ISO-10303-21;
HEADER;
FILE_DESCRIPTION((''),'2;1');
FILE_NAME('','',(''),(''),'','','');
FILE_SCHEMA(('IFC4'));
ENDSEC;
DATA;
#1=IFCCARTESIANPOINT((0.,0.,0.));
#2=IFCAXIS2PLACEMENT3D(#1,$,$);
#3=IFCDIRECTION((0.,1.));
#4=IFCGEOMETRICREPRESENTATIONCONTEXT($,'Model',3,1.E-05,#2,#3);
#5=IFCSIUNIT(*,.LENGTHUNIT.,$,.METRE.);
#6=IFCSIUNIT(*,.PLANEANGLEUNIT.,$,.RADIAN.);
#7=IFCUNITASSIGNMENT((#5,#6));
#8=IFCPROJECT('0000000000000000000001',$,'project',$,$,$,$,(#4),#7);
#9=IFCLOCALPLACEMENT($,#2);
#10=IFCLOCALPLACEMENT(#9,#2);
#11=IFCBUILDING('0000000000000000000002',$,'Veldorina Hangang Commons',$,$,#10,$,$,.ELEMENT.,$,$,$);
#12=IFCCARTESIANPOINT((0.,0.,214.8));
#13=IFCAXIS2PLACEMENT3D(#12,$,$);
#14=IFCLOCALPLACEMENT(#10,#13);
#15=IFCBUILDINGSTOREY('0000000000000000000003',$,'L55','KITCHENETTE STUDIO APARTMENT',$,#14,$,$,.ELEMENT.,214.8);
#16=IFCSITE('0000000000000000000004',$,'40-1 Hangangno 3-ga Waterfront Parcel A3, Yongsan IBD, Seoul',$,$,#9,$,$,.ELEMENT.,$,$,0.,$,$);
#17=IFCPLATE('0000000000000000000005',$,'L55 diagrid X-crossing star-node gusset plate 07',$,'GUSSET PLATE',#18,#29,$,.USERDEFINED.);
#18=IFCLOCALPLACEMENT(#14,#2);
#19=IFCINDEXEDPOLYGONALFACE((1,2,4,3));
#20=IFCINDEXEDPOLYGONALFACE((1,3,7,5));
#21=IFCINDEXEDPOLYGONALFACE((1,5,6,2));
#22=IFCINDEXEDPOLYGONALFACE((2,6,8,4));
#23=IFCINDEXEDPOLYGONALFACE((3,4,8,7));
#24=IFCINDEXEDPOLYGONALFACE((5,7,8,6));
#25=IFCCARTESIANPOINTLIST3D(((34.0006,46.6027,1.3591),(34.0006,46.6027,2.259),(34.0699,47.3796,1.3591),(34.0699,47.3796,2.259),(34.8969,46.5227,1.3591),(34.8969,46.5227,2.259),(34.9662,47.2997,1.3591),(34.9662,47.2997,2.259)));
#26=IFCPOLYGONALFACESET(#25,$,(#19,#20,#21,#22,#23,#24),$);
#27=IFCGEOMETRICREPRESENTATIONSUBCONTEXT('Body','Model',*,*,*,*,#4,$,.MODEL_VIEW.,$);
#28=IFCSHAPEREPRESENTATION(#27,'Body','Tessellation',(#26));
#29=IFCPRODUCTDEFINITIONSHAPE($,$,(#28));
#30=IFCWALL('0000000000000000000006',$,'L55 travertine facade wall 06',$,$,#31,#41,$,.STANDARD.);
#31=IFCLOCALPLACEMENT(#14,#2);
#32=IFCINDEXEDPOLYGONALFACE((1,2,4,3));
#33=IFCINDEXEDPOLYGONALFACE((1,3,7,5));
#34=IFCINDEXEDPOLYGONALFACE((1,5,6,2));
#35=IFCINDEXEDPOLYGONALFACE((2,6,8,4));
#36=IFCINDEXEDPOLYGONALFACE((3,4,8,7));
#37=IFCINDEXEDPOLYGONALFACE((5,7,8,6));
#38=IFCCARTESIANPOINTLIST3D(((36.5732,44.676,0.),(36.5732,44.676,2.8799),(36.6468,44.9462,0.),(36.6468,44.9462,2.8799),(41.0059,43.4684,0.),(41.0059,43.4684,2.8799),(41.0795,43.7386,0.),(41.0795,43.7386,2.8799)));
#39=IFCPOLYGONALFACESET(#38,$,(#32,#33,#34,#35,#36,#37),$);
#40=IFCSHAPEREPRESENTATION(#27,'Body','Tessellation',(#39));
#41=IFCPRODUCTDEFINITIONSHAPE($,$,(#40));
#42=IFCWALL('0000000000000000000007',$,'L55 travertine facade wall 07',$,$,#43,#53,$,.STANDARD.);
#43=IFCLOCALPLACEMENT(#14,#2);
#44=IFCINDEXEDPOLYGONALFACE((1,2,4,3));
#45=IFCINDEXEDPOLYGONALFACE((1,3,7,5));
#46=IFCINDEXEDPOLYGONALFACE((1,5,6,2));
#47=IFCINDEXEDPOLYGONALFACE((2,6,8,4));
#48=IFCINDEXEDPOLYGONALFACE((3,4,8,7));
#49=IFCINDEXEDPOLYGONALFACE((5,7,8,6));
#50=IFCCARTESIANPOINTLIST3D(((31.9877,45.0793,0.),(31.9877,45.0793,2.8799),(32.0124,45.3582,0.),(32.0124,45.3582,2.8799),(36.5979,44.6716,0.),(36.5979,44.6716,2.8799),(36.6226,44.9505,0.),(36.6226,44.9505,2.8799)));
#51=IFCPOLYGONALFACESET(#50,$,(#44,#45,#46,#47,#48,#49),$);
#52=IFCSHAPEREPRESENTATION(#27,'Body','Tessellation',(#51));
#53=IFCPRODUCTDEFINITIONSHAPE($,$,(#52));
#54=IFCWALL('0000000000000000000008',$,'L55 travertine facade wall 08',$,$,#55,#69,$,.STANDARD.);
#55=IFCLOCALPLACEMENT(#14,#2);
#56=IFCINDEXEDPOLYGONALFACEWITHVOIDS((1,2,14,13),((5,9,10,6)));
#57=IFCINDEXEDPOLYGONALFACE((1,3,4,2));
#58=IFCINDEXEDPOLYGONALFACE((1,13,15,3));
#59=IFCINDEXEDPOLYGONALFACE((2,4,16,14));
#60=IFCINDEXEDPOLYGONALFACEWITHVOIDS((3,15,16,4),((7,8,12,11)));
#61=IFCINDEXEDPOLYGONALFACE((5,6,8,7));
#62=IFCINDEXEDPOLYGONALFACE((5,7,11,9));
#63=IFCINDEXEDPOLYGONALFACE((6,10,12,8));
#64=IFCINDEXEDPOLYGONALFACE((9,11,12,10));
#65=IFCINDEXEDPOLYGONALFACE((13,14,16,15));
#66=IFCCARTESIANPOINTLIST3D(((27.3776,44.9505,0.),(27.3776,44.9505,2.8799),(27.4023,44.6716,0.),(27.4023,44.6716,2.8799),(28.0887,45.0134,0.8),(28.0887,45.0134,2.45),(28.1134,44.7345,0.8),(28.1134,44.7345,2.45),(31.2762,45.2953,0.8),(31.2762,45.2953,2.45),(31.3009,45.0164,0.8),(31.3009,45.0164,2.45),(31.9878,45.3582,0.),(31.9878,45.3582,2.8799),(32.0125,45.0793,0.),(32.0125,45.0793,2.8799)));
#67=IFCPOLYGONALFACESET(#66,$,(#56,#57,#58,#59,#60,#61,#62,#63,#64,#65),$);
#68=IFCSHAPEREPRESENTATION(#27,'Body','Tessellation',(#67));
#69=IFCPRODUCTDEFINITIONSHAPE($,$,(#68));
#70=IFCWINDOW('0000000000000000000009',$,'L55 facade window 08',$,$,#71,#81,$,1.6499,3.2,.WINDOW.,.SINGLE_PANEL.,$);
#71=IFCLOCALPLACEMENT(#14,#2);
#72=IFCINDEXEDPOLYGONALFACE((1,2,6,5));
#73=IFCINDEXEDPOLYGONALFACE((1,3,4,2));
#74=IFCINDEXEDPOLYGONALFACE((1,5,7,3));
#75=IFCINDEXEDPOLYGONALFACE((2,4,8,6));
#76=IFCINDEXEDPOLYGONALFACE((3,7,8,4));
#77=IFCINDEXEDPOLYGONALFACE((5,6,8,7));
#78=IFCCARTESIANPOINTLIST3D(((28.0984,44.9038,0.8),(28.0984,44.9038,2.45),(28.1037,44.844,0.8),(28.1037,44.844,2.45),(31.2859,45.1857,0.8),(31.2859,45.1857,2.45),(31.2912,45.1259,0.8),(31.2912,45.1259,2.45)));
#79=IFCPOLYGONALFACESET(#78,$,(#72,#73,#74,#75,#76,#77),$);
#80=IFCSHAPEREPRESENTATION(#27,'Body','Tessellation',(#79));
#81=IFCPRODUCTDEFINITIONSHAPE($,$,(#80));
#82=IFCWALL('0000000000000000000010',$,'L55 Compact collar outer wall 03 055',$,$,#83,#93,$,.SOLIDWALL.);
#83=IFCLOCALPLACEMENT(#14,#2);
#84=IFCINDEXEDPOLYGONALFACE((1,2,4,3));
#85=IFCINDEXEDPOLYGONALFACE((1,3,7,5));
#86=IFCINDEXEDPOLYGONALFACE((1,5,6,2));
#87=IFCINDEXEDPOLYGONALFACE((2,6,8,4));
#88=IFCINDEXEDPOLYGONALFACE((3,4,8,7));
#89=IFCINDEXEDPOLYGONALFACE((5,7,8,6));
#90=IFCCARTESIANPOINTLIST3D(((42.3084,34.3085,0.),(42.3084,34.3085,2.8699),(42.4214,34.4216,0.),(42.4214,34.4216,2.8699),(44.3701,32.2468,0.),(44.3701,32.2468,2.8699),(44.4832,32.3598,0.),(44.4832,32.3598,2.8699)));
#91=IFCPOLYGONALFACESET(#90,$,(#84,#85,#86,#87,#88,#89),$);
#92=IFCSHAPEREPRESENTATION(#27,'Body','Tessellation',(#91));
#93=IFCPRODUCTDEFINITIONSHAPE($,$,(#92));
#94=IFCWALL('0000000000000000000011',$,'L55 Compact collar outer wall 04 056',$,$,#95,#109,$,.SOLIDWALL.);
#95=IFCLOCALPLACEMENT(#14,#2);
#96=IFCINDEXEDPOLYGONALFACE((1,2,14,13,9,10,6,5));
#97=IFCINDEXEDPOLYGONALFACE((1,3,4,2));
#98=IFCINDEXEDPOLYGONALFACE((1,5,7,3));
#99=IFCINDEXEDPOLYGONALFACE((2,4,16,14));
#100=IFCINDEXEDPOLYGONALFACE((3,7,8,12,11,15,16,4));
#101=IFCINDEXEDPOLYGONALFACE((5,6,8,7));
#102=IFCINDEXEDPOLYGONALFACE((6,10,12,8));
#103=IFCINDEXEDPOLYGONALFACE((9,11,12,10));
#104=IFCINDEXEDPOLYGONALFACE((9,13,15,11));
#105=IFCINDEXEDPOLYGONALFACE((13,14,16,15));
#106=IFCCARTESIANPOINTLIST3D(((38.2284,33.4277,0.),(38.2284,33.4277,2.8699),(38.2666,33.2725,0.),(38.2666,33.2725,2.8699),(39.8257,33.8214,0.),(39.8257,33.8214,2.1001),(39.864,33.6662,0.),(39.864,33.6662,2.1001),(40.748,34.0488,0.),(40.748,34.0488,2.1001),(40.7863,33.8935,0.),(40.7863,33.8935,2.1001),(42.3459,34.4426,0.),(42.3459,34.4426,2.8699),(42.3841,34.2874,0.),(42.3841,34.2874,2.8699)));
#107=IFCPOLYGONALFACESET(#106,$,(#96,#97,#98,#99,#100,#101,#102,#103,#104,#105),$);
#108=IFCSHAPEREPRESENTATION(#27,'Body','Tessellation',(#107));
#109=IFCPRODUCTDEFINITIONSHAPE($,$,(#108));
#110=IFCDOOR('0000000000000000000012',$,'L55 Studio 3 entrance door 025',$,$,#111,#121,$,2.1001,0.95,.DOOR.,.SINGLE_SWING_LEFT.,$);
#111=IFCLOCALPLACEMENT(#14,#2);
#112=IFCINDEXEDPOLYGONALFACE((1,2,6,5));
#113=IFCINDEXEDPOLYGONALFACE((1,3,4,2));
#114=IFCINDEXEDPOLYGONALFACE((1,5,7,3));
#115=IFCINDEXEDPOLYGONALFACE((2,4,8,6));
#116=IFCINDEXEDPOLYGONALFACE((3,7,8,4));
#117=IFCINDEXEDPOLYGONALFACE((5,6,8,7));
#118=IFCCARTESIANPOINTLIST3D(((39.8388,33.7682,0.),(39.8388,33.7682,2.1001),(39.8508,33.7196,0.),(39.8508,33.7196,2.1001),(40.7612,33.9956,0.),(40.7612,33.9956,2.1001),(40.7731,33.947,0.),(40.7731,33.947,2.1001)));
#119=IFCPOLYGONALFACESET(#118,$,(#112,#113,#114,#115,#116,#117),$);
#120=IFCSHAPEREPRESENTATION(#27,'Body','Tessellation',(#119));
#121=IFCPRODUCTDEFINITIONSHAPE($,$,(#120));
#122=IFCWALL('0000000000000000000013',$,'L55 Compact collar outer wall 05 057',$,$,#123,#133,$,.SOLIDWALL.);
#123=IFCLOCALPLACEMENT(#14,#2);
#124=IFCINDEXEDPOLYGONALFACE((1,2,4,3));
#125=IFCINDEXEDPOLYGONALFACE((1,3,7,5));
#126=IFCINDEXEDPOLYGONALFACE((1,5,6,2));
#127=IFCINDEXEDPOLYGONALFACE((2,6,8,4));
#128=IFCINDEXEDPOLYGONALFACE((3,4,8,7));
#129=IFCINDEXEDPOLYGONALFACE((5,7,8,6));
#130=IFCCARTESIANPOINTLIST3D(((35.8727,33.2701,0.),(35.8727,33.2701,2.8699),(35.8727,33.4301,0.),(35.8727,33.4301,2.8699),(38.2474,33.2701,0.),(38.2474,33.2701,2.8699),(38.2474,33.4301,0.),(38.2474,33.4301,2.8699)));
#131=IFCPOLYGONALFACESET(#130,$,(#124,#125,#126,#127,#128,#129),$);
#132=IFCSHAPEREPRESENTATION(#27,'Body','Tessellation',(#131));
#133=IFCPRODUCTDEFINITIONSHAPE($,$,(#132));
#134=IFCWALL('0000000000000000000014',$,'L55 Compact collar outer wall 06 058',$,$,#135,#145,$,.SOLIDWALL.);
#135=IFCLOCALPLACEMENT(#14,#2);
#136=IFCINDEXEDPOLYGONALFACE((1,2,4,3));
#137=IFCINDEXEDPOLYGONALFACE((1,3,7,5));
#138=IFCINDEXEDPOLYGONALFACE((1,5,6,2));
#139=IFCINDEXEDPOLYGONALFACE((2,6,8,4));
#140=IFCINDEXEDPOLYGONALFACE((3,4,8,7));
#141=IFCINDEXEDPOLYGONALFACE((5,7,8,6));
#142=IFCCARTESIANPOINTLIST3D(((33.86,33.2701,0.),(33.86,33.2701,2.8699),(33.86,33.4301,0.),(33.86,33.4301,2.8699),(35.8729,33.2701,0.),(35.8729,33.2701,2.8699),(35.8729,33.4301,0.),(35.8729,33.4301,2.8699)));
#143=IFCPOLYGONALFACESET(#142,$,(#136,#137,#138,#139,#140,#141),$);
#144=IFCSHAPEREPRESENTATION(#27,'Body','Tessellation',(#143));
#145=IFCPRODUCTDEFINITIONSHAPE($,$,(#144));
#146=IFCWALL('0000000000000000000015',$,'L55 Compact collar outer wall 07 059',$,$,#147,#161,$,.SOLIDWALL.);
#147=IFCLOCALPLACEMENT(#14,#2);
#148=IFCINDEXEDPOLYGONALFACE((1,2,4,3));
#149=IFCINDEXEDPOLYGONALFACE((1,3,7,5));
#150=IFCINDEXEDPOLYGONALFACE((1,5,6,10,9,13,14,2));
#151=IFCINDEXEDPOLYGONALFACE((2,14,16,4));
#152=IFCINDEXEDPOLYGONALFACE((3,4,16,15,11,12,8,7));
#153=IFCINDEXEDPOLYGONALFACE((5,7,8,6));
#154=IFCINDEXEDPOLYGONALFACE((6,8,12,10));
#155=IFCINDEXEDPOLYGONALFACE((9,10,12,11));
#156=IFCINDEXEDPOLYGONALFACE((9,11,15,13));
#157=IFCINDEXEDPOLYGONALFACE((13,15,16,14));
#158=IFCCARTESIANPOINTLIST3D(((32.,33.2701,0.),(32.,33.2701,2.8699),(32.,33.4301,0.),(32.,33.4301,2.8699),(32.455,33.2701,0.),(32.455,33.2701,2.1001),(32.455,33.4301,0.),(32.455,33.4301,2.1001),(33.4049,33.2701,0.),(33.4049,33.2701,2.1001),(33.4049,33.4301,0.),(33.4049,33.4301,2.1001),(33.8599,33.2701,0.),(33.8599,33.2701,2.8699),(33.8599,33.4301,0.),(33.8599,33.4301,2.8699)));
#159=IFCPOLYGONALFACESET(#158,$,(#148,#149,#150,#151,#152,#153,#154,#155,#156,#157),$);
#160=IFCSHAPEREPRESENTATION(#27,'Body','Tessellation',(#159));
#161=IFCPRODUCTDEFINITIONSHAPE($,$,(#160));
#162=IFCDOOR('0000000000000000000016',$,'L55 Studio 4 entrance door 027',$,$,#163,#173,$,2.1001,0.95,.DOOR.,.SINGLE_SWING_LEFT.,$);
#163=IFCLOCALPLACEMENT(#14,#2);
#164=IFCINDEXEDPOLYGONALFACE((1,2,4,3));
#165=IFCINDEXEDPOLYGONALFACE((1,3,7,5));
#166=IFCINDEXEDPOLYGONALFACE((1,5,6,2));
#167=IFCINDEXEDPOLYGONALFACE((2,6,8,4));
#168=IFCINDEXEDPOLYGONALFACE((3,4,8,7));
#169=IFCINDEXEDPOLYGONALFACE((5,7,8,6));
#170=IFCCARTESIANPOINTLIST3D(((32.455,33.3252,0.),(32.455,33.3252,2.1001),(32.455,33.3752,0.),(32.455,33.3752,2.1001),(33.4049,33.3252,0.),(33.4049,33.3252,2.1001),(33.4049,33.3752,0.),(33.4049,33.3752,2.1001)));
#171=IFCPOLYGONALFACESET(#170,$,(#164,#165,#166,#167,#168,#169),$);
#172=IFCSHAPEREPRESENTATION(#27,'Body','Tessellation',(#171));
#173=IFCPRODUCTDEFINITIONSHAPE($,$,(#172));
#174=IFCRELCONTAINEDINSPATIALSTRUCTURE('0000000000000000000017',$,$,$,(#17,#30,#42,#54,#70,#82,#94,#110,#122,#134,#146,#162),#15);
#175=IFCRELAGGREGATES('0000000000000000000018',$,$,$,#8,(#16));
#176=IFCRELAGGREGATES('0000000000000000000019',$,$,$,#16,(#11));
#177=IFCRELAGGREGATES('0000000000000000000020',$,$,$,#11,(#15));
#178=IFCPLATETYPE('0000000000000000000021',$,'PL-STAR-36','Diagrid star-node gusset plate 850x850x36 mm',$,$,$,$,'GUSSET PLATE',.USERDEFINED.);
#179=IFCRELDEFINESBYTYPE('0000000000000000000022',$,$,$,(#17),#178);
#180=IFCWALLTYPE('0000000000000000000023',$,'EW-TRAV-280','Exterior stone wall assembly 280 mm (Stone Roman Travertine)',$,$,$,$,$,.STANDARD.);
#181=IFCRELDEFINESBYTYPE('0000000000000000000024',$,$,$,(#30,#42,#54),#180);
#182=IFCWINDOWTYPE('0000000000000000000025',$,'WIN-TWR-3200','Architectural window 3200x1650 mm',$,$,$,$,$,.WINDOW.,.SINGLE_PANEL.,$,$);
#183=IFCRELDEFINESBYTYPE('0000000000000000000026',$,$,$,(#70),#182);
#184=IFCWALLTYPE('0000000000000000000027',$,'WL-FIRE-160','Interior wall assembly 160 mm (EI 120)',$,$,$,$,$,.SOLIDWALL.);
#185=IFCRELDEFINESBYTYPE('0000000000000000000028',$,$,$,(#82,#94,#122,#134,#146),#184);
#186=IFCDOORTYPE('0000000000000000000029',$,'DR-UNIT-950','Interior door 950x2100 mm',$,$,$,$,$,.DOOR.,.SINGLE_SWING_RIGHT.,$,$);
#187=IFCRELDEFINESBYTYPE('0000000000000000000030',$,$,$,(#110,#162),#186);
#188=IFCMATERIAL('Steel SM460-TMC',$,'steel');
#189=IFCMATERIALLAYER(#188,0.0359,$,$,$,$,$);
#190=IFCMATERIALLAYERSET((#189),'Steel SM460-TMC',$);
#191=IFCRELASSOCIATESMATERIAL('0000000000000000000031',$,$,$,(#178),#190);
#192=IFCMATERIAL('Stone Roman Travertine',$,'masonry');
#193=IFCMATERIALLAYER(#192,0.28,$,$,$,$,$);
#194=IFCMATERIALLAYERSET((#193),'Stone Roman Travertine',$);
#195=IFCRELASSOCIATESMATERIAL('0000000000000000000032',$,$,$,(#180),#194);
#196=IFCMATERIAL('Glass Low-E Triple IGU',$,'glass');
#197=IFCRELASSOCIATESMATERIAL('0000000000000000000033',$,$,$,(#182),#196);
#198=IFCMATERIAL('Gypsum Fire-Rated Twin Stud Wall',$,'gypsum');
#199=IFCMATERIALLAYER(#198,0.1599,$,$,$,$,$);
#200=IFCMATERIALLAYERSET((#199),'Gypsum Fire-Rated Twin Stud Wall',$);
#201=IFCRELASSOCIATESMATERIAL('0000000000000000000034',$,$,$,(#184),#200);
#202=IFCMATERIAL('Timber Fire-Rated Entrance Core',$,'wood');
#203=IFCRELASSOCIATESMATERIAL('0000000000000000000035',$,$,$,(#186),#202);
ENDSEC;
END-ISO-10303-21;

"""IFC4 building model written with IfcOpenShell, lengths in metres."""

from ifc_helpers import new_model, si_unit, direction, frame, frame_2d, origin, origin_2d, place, context, subcontext, project, spatial, rectangle, extrude, material, layer, layer_set, type_object, element, fill, save


model = new_model("IFC4")

# Units and contexts
model_context = context("Model", 3, precision=1e-05, world=origin(), true_north=direction((0.0, 1.0)))
body_context = subcontext(model_context, "Body", "Model", "MODEL_VIEW")
ifc_project = project(units=[si_unit("LENGTHUNIT", "METRE"), si_unit("PLANEANGLEUNIT", "RADIAN")], contexts=[model_context])

# Site, building, storey
site_placement = place(None, origin())
site = spatial("IfcSite", under=ifc_project, at=site_placement, Name="40-1 Hangangno 3-ga Waterfront Parcel A3, Yongsan IBD, Seoul", CompositionType="ELEMENT", RefElevation=0.0)
building_placement = place(site_placement, origin())
building = spatial("IfcBuilding", under=site, at=building_placement, Name="Veldorina Hangang Commons", CompositionType="ELEMENT")
storey_placement = place(building_placement, frame((0.0, 0.0, 214.8)))
storey = spatial("IfcBuildingStorey", under=building, at=storey_placement, Name="L55", Description="KITCHENETTE STUDIO APARTMENT", CompositionType="ELEMENT", Elevation=214.8)

# Plate
ifc_material_1 = material(Name="Steel SM460-TMC", Category="steel")
ifc_layer_1 = layer(ifc_material_1, 0.0359)
ifc_layer_set_1 = layer_set([ifc_layer_1], Name="Steel SM460-TMC")
plate_type = type_object("IfcPlateType", Name="PL-STAR-36", Description="Diagrid star-node gusset plate 850x850x36 mm", ElementType="GUSSET PLATE", PredefinedType="USERDEFINED", material=ifc_layer_set_1)
plate_1_placement = place(storey_placement, frame((34.4834, 46.9512, 1.3591), z_axis=(0.0, 0.0, 1.0), x_axis=(-0.996044, 0.08886, 0.0)))
element("IfcPlate", 1, at=plate_1_placement, inside=storey, type_object=plate_type, Name="L55 diagrid X-crossing star-node gusset plate 07", ObjectType="GUSSET PLATE", PredefinedType="USERDEFINED", context=body_context, shape_type="SweptSolid", body=[
    extrude(rectangle(XDim=0.8999, YDim=0.78, at=origin_2d()), origin(), (0.0, 0.0, 1.0), 0.8999),
])

# Walls
ifc_material_2 = material(Name="Stone Roman Travertine", Category="masonry")
ifc_layer_2 = layer(ifc_material_2, 0.28)
ifc_layer_set_2 = layer_set([ifc_layer_2], Name="Stone Roman Travertine")
wall_type_1 = type_object("IfcWallType", Name="EW-TRAV-280", Description="Exterior stone wall assembly 280 mm (Stone Roman Travertine)", PredefinedType="STANDARD", material=ifc_layer_set_2)
wall_1_placement = place(storey_placement, frame((41.0427, 43.6035, 0.0), z_axis=(0.0, 0.0, 1.0), x_axis=(-0.96484, 0.262839, 0.0)))
element("IfcWall", 2, at=wall_1_placement, inside=storey, type_object=wall_type_1, Name="L55 travertine facade wall 06", PredefinedType="STANDARD", context=body_context, shape_type="SweptSolid", body=[
    extrude(rectangle(XDim=4.5942, YDim=0.28, at=frame_2d((2.2971, 0.0))), origin(), (0.0, 0.0, 1.0), 2.8799),
])
wall_2_placement = place(storey_placement, frame((36.6101, 44.811, 0.0), z_axis=(0.0, 0.0, 1.0), x_axis=(-0.996112, 0.088095, 0.0)))
element("IfcWall", 3, at=wall_2_placement, inside=storey, type_object=wall_type_1, Name="L55 travertine facade wall 07", PredefinedType="STANDARD", context=body_context, shape_type="SweptSolid", body=[
    extrude(rectangle(XDim=4.6282, YDim=0.28, at=frame_2d((2.314, 0.0))), origin(), (0.0, 0.0, 1.0), 2.8799),
])

# Wall, opening, window
wall_3_placement = place(storey_placement, frame((32.0, 45.2188, 0.0), z_axis=(0.0, 0.0, 1.0), x_axis=(-0.996112, -0.088095, 0.0)))
wall_3 = element("IfcWall", 4, at=wall_3_placement, inside=storey, type_object=wall_type_1, Name="L55 travertine facade wall 08", PredefinedType="STANDARD", context=body_context, shape_type="SweptSolid", body=[
    extrude(rectangle(XDim=4.6282, YDim=0.28, at=frame_2d((2.314, 0.0))), origin(), (0.0, 0.0, 1.0), 2.8799),
])
opening_1_placement = place(wall_3_placement, frame((0.7141, 0.0, 0.8)))
opening_1 = element("IfcOpeningElement", 5, at=opening_1_placement, cuts=wall_3, PredefinedType="OPENING", context=body_context, shape_type="SweptSolid", body=[
    extrude(rectangle(XDim=3.2, YDim=1.6499, at=frame_2d((1.6001, 0.825))), frame((0.0, 0.1499, 0.0), z_axis=(0.0, -1.0, 0.0), x_axis=(1.0, 0.0, 0.0)), (0.0, 0.0, 1.0), 0.3),
])
ifc_material_3 = material(Name="Glass Low-E Triple IGU", Category="glass")
window_type = type_object("IfcWindowType", Name="WIN-TWR-3200", Description="Architectural window 3200x1650 mm", PartitioningType="SINGLE_PANEL", PredefinedType="WINDOW", material=ifc_material_3)
window_placement = place(opening_1_placement, origin())
window = element("IfcWindow", 6, at=window_placement, inside=storey, type_object=window_type, Name="L55 facade window 08", OverallHeight=1.6499, OverallWidth=3.2, PartitioningType="SINGLE_PANEL", PredefinedType="WINDOW", context=body_context, shape_type="SweptSolid", body=[
    extrude(rectangle(XDim=3.2, YDim=1.6499, at=frame_2d((1.6001, 0.825))), frame((0.0, 0.03, 0.0), z_axis=(0.0, -1.0, 0.0), x_axis=(1.0, 0.0, 0.0)), (0.0, 0.0, 1.0), 0.0601),
])
fill(opening_1, window)

# Wall
ifc_material_4 = material(Name="Gypsum Fire-Rated Twin Stud Wall", Category="gypsum")
ifc_layer_3 = layer(ifc_material_4, 0.1599)
ifc_layer_set_3 = layer_set([ifc_layer_3], Name="Gypsum Fire-Rated Twin Stud Wall")
wall_type_2 = type_object("IfcWallType", Name="WL-FIRE-160", Description="Interior wall assembly 160 mm (EI 120)", PredefinedType="SOLIDWALL", material=ifc_layer_set_3)
wall_4_placement = place(storey_placement, frame((44.4268, 32.3032, 0.0), z_axis=(0.0, 0.0, 1.0), x_axis=(-0.707107, 0.707107, 0.0)))
element("IfcWall", 7, at=wall_4_placement, inside=storey, type_object=wall_type_2, Name="L55 Compact collar outer wall 03 055", PredefinedType="SOLIDWALL", context=body_context, shape_type="SweptSolid", body=[
    extrude(rectangle(XDim=2.9158, YDim=0.1599, at=frame_2d((1.458, 0.0))), origin(), (0.0, 0.0, 1.0), 2.8699),
])

# Wall, opening, door
wall_5_placement = place(storey_placement, frame((42.365, 34.365, 0.0), z_axis=(0.0, 0.0, 1.0), x_axis=(-0.97094, -0.239324, 0.0)))
wall_5 = element("IfcWall", 8, at=wall_5_placement, inside=storey, type_object=wall_type_2, Name="L55 Compact collar outer wall 04 056", PredefinedType="SOLIDWALL", context=body_context, shape_type="SweptSolid", body=[
    extrude(rectangle(XDim=4.2407, YDim=0.1599, at=frame_2d((2.1204, 0.0))), origin(), (0.0, 0.0, 1.0), 2.8699),
])
opening_2_placement = place(wall_5_placement, frame((1.6455, 0.0, 0.0)))
opening_2 = element("IfcOpeningElement", 9, at=opening_2_placement, cuts=wall_5, PredefinedType="OPENING", context=body_context, shape_type="SweptSolid", body=[
    extrude(rectangle(XDim=0.95, YDim=2.1001, at=frame_2d((0.4751, 1.05))), frame((0.0, 0.0898, 0.0), z_axis=(0.0, -1.0, 0.0), x_axis=(1.0, 0.0, 0.0)), (0.0, 0.0, 1.0), 0.1799),
])
ifc_material_5 = material(Name="Timber Fire-Rated Entrance Core", Category="wood")
door_type_1 = type_object("IfcDoorType", Name="DR-UNIT-950", Description="Interior door 950x2100 mm", OperationType="SINGLE_SWING_RIGHT", PredefinedType="DOOR", material=ifc_material_5)
door_1_placement = place(opening_2_placement, origin())
door_1 = element("IfcDoor", 10, at=door_1_placement, inside=storey, type_object=door_type_1, Name="L55 Studio 3 entrance door 025", OperationType="SINGLE_SWING_LEFT", OverallHeight=2.1001, OverallWidth=0.95, PredefinedType="DOOR", context=body_context, shape_type="SweptSolid", body=[
    extrude(rectangle(XDim=0.95, YDim=2.1001, at=frame_2d((0.4751, 1.05))), frame((0.0, 0.0249, 0.0), z_axis=(0.0, -1.0, 0.0), x_axis=(1.0, 0.0, 0.0)), (0.0, 0.0, 1.0), 0.05),
])
fill(opening_2, door_1)

# Walls
wall_6_placement = place(storey_placement, frame((38.2476, 33.3501, 0.0), z_axis=(0.0, 0.0, 1.0), x_axis=(-1.0, 0.0, 0.0)))
element("IfcWall", 11, at=wall_6_placement, inside=storey, type_object=wall_type_2, Name="L55 Compact collar outer wall 05 057", PredefinedType="SOLIDWALL", context=body_context, shape_type="SweptSolid", body=[
    extrude(rectangle(XDim=2.3748, YDim=0.1599, at=frame_2d((1.1875, 0.0))), origin(), (0.0, 0.0, 1.0), 2.8699),
])
wall_7_placement = place(storey_placement, frame((35.8728, 33.3501, 0.0), z_axis=(0.0, 0.0, 1.0), x_axis=(-1.0, 0.0, 0.0)))
element("IfcWall", 12, at=wall_7_placement, inside=storey, type_object=wall_type_2, Name="L55 Compact collar outer wall 06 058", PredefinedType="SOLIDWALL", context=body_context, shape_type="SweptSolid", body=[
    extrude(rectangle(XDim=2.0129, YDim=0.1599, at=frame_2d((1.0063, 0.0))), origin(), (0.0, 0.0, 1.0), 2.8699),
])

# Wall, opening, door
wall_8_placement = place(storey_placement, frame((33.8599, 33.3501, 0.0), z_axis=(0.0, 0.0, 1.0), x_axis=(-1.0, 0.0, 0.0)))
wall_8 = element("IfcWall", 13, at=wall_8_placement, inside=storey, type_object=wall_type_2, Name="L55 Compact collar outer wall 07 059", PredefinedType="SOLIDWALL", context=body_context, shape_type="SweptSolid", body=[
    extrude(rectangle(XDim=1.8599, YDim=0.1599, at=frame_2d((0.9299, 0.0))), origin(), (0.0, 0.0, 1.0), 2.8699),
])
opening_3_placement = place(wall_8_placement, frame((0.4548, 0.0, 0.0)))
opening_3 = element("IfcOpeningElement", 14, at=opening_3_placement, cuts=wall_8, PredefinedType="OPENING", context=body_context, shape_type="SweptSolid", body=[
    extrude(rectangle(XDim=0.95, YDim=2.1001, at=frame_2d((0.4751, 1.05))), frame((0.0, 0.0898, 0.0), z_axis=(0.0, -1.0, 0.0), x_axis=(1.0, 0.0, 0.0)), (0.0, 0.0, 1.0), 0.1799),
])
door_2_placement = place(opening_3_placement, origin())
door_2 = element("IfcDoor", 15, at=door_2_placement, inside=storey, type_object=door_type_1, Name="L55 Studio 4 entrance door 027", OperationType="SINGLE_SWING_LEFT", OverallHeight=2.1001, OverallWidth=0.95, PredefinedType="DOOR", context=body_context, shape_type="SweptSolid", body=[
    extrude(rectangle(XDim=0.95, YDim=2.1001, at=frame_2d((0.4751, 1.05))), frame((0.0, 0.0249, 0.0), z_axis=(0.0, -1.0, 0.0), x_axis=(1.0, 0.0, 0.0)), (0.0, 0.0, 1.0), 0.05),
])
fill(opening_3, door_2)

save(model, "model.ifc")
